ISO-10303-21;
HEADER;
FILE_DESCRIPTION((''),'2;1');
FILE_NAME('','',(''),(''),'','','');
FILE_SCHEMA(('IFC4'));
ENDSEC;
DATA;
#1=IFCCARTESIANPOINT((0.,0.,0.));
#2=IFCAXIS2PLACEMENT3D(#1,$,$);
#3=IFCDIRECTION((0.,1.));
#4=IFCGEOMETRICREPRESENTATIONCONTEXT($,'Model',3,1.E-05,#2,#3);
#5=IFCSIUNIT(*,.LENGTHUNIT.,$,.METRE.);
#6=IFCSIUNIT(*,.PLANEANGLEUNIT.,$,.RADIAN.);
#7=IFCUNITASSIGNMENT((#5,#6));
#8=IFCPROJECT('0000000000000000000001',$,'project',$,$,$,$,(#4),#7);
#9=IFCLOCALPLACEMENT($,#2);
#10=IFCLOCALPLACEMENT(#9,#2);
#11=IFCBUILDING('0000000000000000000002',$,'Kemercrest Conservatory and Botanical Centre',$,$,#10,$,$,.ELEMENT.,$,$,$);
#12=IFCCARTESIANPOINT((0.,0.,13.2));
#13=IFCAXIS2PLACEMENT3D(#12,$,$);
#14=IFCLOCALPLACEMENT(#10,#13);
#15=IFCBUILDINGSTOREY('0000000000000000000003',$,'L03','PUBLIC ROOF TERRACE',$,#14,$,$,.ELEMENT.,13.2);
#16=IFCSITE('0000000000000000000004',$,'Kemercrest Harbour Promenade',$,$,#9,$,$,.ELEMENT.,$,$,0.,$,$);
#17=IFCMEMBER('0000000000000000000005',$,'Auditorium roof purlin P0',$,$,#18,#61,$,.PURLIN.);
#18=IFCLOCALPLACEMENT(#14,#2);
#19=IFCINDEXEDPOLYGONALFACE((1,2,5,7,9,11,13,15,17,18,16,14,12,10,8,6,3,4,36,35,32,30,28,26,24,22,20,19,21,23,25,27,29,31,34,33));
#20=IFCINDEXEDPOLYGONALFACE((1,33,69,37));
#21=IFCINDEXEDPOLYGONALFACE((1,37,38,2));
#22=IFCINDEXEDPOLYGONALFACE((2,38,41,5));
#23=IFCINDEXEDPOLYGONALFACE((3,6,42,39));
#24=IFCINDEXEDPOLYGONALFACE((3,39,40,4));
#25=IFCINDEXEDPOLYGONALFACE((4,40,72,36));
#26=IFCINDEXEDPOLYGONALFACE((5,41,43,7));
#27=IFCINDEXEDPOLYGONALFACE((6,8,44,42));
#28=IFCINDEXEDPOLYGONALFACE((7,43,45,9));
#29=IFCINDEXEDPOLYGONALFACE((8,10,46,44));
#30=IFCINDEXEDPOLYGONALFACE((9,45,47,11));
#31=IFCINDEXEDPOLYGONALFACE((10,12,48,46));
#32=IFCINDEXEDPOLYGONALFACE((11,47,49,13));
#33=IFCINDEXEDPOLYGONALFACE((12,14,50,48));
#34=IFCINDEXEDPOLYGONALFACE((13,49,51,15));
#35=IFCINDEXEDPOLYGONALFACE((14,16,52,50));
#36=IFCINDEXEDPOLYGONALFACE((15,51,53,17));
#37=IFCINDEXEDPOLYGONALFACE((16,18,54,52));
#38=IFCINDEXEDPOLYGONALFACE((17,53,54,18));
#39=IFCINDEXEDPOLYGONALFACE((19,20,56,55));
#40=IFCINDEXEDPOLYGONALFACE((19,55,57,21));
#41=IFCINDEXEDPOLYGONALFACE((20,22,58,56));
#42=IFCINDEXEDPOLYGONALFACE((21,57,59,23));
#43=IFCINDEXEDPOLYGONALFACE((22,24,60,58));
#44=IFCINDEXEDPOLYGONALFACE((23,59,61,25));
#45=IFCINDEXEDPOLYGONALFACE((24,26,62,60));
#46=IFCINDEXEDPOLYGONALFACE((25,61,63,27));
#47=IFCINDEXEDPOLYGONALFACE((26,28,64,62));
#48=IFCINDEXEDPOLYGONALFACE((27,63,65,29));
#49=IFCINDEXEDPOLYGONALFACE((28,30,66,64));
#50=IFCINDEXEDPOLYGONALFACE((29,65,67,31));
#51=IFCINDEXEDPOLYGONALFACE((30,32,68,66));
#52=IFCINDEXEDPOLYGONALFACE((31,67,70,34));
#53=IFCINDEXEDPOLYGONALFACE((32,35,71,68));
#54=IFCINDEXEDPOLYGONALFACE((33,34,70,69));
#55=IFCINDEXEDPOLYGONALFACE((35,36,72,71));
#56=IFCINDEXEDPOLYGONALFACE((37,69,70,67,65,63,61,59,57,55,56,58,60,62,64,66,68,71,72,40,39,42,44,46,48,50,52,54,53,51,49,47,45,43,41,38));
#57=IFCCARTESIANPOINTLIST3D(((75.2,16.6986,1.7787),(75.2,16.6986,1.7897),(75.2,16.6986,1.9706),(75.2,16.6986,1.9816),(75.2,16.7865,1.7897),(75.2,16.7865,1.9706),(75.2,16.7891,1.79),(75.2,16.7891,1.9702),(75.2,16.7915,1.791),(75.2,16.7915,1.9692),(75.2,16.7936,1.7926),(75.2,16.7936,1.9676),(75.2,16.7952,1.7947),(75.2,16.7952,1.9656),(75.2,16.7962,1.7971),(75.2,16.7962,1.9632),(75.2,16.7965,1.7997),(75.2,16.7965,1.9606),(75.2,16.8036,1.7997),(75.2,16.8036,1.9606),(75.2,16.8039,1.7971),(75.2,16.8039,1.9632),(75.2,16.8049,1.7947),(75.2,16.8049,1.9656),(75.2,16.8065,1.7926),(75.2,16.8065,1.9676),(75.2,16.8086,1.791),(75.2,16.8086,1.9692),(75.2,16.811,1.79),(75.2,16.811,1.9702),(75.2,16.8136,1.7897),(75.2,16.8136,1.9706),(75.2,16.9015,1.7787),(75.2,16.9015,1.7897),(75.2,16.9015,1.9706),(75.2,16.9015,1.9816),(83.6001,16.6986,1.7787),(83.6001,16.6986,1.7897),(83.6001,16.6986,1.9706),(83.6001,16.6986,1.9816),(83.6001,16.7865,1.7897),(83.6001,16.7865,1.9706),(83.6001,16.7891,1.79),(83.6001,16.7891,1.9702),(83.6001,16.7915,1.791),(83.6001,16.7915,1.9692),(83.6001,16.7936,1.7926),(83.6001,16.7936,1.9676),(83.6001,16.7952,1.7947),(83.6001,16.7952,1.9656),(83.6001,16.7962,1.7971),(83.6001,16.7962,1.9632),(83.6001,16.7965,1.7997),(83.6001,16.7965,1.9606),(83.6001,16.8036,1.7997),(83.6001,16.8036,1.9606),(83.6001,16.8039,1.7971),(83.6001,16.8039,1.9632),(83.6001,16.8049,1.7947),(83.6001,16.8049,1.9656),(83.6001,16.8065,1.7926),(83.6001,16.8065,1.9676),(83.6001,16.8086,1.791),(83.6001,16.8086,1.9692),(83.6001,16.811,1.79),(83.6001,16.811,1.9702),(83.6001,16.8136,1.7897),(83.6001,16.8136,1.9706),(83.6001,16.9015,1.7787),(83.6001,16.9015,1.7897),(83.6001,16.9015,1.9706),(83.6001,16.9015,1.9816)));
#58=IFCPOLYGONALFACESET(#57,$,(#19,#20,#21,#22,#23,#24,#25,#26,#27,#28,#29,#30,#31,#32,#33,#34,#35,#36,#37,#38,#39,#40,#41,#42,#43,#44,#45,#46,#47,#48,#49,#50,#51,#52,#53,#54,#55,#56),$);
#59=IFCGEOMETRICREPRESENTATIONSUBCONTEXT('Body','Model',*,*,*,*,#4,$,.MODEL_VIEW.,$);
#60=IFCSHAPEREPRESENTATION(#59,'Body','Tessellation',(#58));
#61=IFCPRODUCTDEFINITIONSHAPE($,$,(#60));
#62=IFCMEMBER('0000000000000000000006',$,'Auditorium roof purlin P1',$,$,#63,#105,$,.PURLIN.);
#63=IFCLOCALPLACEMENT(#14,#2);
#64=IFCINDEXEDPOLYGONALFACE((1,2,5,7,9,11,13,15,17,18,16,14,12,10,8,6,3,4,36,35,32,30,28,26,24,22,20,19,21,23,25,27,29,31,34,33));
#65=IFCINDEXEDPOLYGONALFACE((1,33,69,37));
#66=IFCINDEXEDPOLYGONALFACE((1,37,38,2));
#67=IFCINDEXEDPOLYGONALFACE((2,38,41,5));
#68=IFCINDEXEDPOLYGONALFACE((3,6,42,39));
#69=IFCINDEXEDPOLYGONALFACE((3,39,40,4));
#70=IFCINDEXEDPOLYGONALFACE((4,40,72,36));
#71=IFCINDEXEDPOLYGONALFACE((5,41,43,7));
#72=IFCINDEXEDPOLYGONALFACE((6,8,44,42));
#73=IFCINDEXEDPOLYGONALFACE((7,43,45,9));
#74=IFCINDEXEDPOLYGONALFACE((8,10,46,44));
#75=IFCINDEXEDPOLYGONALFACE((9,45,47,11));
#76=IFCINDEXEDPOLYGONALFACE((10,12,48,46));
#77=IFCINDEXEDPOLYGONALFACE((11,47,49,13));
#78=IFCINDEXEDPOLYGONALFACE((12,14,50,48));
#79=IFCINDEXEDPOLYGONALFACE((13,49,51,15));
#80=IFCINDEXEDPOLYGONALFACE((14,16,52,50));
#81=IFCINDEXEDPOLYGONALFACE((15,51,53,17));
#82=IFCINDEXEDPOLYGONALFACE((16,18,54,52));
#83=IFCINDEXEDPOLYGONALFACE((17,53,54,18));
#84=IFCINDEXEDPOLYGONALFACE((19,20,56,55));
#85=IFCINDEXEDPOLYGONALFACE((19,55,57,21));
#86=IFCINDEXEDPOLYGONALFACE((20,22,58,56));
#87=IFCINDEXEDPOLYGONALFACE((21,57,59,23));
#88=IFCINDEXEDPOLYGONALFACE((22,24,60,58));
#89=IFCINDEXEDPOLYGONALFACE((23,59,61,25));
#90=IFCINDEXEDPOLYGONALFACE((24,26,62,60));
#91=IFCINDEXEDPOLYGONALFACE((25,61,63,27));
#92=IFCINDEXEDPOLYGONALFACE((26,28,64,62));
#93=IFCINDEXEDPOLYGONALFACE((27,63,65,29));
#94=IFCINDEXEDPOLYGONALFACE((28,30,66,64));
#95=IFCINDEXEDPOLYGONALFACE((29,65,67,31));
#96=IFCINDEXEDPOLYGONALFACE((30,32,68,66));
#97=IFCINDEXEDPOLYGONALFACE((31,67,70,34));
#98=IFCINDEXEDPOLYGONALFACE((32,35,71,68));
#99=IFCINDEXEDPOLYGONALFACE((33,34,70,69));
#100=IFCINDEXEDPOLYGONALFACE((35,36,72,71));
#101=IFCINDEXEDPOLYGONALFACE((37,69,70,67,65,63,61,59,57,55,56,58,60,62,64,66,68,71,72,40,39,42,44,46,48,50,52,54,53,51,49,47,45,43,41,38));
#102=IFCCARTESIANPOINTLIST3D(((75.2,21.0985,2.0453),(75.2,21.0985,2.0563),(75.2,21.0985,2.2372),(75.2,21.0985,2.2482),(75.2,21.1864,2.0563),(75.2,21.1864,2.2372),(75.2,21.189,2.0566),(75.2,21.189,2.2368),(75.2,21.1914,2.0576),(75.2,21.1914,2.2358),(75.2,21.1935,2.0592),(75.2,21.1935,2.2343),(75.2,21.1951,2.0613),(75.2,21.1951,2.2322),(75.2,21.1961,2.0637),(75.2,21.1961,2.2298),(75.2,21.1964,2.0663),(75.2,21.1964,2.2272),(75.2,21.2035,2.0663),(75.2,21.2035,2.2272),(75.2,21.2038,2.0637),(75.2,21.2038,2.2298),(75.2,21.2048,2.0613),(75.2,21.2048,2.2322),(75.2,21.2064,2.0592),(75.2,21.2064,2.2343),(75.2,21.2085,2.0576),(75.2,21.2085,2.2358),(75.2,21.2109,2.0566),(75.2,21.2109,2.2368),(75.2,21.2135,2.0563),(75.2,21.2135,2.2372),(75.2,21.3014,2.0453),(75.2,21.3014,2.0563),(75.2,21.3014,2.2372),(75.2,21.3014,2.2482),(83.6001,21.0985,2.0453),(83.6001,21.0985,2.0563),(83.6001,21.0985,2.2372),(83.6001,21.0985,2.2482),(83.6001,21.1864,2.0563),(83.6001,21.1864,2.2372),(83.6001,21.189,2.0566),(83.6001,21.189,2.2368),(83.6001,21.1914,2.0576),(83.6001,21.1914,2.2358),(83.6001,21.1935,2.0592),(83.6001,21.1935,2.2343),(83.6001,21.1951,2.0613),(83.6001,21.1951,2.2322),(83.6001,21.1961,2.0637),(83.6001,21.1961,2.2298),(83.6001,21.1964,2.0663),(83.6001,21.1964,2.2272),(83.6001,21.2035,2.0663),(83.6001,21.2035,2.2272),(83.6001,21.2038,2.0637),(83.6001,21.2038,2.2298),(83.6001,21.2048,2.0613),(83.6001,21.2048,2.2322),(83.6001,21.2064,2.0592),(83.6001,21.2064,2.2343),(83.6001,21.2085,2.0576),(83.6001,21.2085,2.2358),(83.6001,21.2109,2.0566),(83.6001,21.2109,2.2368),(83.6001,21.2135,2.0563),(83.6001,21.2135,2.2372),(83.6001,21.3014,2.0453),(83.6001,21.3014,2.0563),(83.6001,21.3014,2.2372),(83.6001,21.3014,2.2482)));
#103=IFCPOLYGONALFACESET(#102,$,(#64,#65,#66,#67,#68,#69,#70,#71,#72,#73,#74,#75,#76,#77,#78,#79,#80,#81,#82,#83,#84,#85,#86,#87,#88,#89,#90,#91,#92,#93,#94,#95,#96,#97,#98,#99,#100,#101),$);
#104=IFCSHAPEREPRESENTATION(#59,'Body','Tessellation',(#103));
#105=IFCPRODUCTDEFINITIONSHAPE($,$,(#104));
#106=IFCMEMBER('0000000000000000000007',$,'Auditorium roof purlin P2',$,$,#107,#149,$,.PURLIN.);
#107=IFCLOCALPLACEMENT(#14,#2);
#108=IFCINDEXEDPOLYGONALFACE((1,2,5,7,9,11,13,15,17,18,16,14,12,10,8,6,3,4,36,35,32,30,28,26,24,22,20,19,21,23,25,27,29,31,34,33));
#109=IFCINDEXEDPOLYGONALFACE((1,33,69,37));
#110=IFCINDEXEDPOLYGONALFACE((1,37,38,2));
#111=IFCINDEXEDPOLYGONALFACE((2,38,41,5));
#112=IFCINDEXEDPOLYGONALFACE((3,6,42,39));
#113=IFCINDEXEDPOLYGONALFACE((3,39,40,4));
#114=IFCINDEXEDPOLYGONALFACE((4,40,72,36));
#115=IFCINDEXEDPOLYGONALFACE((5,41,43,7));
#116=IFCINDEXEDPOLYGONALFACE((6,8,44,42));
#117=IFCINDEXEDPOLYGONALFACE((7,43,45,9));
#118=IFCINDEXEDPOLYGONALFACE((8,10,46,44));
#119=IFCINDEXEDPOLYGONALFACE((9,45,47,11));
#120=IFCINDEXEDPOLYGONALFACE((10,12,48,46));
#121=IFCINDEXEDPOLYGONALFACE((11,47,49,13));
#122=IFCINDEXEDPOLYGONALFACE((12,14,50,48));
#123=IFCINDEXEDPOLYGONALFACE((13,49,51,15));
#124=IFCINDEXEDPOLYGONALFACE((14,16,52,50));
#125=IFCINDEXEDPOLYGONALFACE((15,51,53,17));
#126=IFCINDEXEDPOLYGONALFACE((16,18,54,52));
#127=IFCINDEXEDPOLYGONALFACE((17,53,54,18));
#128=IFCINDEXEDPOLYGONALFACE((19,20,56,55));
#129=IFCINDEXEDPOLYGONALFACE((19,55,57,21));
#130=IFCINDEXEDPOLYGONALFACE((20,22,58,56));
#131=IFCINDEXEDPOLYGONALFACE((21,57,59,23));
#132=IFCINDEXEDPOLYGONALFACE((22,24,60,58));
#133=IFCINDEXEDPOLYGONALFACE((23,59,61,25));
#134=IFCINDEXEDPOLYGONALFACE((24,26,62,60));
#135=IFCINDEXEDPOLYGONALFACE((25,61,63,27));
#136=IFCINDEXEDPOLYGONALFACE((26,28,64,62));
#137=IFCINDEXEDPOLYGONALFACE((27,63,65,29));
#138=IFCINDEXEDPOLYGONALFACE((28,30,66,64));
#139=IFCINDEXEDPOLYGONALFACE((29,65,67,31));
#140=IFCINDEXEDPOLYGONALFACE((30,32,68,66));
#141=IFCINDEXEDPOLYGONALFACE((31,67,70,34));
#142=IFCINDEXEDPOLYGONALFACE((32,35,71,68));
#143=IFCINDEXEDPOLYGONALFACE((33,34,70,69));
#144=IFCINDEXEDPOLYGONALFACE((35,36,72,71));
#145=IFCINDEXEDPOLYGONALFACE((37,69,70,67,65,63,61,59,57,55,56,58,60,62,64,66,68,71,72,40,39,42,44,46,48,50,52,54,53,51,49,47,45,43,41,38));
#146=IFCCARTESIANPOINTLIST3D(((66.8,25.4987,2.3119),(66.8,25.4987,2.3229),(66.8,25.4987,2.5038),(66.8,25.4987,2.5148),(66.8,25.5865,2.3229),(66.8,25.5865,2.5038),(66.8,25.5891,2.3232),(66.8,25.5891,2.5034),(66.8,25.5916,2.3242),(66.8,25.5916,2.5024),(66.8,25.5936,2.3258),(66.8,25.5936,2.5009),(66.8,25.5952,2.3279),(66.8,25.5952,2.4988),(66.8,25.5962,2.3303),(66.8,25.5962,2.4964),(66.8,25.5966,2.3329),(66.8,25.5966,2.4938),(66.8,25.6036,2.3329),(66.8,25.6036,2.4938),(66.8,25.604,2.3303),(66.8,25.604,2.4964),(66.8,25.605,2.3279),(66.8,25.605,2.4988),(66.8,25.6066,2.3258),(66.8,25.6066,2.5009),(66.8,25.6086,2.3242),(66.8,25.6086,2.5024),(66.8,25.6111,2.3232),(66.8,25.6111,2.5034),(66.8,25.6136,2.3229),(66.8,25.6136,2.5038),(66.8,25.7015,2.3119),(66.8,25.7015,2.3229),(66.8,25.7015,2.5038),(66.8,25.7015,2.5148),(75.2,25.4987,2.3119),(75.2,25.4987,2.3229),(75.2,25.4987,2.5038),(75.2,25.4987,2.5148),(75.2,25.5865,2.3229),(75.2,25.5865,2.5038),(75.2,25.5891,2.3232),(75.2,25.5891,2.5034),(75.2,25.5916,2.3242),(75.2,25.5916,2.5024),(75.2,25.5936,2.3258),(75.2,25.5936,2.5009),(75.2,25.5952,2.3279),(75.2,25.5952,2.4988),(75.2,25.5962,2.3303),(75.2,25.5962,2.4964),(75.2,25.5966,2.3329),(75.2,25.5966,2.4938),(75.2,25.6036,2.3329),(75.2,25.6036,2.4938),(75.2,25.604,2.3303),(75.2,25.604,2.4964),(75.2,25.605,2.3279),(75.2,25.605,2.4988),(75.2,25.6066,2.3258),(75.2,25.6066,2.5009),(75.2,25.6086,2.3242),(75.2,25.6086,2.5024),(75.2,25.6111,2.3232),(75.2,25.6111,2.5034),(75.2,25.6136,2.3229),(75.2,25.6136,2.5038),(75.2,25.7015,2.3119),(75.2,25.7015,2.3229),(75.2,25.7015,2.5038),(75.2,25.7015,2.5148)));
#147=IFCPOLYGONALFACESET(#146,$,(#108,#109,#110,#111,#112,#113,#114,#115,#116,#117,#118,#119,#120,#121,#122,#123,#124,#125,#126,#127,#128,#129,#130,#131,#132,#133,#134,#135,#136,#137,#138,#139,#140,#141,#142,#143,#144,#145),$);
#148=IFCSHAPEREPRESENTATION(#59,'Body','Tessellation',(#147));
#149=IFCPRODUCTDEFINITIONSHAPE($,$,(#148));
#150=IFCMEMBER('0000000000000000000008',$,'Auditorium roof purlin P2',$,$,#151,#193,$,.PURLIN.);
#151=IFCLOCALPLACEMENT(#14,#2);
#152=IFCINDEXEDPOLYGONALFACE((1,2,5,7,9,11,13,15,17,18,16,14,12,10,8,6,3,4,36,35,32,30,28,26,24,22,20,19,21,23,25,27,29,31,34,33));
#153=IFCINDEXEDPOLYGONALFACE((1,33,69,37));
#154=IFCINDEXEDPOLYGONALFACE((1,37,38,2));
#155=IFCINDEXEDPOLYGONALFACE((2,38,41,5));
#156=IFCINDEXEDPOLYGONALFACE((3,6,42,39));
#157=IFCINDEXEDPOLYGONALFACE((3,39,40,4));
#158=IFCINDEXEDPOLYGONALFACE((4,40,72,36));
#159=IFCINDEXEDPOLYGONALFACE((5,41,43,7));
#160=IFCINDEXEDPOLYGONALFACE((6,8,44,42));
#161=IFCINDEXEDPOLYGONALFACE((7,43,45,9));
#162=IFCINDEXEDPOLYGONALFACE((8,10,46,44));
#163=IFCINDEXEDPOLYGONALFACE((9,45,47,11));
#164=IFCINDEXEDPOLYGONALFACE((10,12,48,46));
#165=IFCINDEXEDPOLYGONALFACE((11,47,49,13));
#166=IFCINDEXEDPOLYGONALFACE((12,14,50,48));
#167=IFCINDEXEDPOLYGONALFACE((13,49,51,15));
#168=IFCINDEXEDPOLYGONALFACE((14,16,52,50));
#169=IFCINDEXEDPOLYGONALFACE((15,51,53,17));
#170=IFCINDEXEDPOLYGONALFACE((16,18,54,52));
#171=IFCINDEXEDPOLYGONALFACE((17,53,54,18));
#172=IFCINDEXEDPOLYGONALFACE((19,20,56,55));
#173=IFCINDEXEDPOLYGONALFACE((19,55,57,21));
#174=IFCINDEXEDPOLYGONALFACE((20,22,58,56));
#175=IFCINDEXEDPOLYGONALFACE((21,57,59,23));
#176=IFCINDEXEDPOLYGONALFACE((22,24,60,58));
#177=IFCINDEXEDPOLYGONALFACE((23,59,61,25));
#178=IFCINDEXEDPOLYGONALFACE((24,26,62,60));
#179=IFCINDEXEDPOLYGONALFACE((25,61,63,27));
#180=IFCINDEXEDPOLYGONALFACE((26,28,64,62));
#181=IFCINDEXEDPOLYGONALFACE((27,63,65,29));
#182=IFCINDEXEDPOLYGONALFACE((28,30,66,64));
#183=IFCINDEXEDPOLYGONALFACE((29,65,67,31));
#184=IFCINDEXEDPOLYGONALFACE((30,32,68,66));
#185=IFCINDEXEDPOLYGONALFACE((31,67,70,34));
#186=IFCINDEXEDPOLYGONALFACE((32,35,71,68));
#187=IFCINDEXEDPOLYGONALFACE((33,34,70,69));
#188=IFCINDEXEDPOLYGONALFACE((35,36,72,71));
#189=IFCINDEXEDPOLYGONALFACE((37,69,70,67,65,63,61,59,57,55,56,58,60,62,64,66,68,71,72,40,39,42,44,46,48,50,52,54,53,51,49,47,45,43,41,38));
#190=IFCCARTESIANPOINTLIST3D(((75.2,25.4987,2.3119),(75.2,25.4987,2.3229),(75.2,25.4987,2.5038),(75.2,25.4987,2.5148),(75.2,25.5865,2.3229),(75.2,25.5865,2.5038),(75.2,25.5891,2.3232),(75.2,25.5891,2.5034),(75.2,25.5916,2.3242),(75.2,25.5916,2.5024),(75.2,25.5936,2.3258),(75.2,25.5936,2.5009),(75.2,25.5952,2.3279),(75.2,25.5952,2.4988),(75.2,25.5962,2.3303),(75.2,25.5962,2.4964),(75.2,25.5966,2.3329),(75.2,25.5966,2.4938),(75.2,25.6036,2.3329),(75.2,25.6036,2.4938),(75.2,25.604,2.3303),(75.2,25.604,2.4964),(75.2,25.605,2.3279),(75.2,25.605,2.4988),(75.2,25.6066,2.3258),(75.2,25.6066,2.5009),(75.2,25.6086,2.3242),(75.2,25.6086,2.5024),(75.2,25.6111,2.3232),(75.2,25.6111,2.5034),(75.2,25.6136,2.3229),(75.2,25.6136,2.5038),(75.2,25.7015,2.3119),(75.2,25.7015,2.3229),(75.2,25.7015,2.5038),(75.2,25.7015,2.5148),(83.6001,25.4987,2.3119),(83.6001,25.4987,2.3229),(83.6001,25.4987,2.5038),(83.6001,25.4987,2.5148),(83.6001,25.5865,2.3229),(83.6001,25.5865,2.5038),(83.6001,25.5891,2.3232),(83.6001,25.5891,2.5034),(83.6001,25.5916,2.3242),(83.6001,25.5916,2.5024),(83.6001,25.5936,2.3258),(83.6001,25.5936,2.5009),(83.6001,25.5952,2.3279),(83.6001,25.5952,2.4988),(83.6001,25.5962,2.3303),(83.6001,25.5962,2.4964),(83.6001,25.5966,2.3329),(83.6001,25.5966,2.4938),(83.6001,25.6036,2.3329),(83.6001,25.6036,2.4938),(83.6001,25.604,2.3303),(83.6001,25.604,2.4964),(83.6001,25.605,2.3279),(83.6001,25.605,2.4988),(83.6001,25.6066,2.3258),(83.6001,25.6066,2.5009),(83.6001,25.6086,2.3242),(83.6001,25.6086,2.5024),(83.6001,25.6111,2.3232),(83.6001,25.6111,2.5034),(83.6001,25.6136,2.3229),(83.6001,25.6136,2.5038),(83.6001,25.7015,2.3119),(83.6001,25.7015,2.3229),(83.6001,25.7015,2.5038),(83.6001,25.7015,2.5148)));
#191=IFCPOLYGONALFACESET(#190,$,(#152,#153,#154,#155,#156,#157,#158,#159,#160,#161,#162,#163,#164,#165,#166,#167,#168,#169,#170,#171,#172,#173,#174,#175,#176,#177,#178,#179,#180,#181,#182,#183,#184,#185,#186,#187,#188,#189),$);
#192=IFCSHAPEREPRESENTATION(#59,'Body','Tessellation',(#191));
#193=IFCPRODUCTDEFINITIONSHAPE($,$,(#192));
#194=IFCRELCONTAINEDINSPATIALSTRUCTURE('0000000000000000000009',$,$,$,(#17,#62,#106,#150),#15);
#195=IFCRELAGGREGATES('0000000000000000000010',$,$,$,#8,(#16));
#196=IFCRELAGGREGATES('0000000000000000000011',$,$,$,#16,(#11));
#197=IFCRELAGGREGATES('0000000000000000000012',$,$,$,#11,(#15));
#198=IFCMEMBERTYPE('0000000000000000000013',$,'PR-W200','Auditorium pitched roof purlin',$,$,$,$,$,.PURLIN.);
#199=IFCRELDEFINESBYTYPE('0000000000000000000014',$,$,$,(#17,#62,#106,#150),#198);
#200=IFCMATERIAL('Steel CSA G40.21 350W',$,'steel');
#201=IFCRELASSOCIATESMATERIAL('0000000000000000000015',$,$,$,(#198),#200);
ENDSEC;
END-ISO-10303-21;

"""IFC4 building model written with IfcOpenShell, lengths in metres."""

from ifc_helpers import new_model, si_unit, direction, frame, origin, origin_2d, place, context, subcontext, project, spatial, i_section, extrude, material, material_profile, profile_set, type_object, element, save


model = new_model("IFC4")

# Units and contexts
model_context = context("Model", 3, precision=1e-05, world=origin(), true_north=direction((0.0, 1.0)))
body_context = subcontext(model_context, "Body", "Model", "MODEL_VIEW")
ifc_project = project(units=[si_unit("LENGTHUNIT", "METRE"), si_unit("PLANEANGLEUNIT", "RADIAN")], contexts=[model_context])

# Site, building, storey
site_placement = place(None, origin())
site = spatial("IfcSite", under=ifc_project, at=site_placement, Name="Kemercrest Harbour Promenade", CompositionType="ELEMENT", RefElevation=0.0)
building_placement = place(site_placement, origin())
building = spatial("IfcBuilding", under=site, at=building_placement, Name="Kemercrest Conservatory and Botanical Centre", CompositionType="ELEMENT")
storey_placement = place(building_placement, frame((0.0, 0.0, 13.2)))
storey = spatial("IfcBuildingStorey", under=building, at=storey_placement, Name="L03", Description="PUBLIC ROOF TERRACE", CompositionType="ELEMENT", Elevation=13.2)

# Members
ifc_material = material(Name="Steel CSA G40.21 350W", Category="steel")
ifc_material_profile_1 = material_profile(ifc_material, i_section(OverallWidth=0.2029, OverallDepth=0.2029, WebThickness=0.0071, FlangeThickness=0.011, FilletRadius=0.01, at=origin_2d()), Name="W200X46")
ifc_profile_set_1 = profile_set([ifc_material_profile_1], Name="Steel CSA G40.21 350W")
member_type_1 = type_object("IfcMemberType", Name="PR-W200", Description="Auditorium pitched roof purlin", PredefinedType="PURLIN", material=ifc_profile_set_1)
for number, where, z_axis, x_axis, name in (
    (1, (75.2, 16.8, 1.8801), (1.0, 0.0, 0.0), (0.0, 1.0, 0.0), "Auditorium roof purlin P0"),
    (2, (75.2, 21.2, 2.1467), (1.0, 0.0, 0.0), (0.0, 1.0, 0.0), "Auditorium roof purlin P1"),
):
    element("IfcMember", number, at=place(storey_placement, frame(where, z_axis=z_axis, x_axis=x_axis)), inside=storey, type_object=member_type_1, Name=name, PredefinedType="PURLIN", context=body_context, shape_type="SweptSolid", body=[
        extrude(i_section(OverallWidth=0.2029, OverallDepth=0.2029, WebThickness=0.0071, FlangeThickness=0.011, FilletRadius=0.01, at=origin_2d()), origin(), (0.0, 0.0, 1.0), 8.4001),
    ])
member_1_placement = place(storey_placement, frame((66.8, 25.6001, 2.4133), z_axis=(1.0, 0.0, 0.0), x_axis=(0.0, 1.0, 0.0)))
element("IfcMember", 3, at=member_1_placement, inside=storey, type_object=member_type_1, Name="Auditorium roof purlin P2", PredefinedType="PURLIN", context=body_context, shape_type="SweptSolid", body=[
    extrude(i_section(OverallWidth=0.2029, OverallDepth=0.2029, WebThickness=0.0071, FlangeThickness=0.011, FilletRadius=0.01, at=origin_2d()), origin(), (0.0, 0.0, 1.0), 8.3999),
])
member_2_placement = place(storey_placement, frame((75.2, 25.6001, 2.4133), z_axis=(1.0, 0.0, 0.0), x_axis=(0.0, 1.0, 0.0)))
element("IfcMember", 4, at=member_2_placement, inside=storey, type_object=member_type_1, Name="Auditorium roof purlin P2", PredefinedType="PURLIN", context=body_context, shape_type="SweptSolid", body=[
    extrude(i_section(OverallWidth=0.2029, OverallDepth=0.2029, WebThickness=0.0071, FlangeThickness=0.011, FilletRadius=0.01, at=origin_2d()), origin(), (0.0, 0.0, 1.0), 8.4001),
])

save(model, "model.ifc")
